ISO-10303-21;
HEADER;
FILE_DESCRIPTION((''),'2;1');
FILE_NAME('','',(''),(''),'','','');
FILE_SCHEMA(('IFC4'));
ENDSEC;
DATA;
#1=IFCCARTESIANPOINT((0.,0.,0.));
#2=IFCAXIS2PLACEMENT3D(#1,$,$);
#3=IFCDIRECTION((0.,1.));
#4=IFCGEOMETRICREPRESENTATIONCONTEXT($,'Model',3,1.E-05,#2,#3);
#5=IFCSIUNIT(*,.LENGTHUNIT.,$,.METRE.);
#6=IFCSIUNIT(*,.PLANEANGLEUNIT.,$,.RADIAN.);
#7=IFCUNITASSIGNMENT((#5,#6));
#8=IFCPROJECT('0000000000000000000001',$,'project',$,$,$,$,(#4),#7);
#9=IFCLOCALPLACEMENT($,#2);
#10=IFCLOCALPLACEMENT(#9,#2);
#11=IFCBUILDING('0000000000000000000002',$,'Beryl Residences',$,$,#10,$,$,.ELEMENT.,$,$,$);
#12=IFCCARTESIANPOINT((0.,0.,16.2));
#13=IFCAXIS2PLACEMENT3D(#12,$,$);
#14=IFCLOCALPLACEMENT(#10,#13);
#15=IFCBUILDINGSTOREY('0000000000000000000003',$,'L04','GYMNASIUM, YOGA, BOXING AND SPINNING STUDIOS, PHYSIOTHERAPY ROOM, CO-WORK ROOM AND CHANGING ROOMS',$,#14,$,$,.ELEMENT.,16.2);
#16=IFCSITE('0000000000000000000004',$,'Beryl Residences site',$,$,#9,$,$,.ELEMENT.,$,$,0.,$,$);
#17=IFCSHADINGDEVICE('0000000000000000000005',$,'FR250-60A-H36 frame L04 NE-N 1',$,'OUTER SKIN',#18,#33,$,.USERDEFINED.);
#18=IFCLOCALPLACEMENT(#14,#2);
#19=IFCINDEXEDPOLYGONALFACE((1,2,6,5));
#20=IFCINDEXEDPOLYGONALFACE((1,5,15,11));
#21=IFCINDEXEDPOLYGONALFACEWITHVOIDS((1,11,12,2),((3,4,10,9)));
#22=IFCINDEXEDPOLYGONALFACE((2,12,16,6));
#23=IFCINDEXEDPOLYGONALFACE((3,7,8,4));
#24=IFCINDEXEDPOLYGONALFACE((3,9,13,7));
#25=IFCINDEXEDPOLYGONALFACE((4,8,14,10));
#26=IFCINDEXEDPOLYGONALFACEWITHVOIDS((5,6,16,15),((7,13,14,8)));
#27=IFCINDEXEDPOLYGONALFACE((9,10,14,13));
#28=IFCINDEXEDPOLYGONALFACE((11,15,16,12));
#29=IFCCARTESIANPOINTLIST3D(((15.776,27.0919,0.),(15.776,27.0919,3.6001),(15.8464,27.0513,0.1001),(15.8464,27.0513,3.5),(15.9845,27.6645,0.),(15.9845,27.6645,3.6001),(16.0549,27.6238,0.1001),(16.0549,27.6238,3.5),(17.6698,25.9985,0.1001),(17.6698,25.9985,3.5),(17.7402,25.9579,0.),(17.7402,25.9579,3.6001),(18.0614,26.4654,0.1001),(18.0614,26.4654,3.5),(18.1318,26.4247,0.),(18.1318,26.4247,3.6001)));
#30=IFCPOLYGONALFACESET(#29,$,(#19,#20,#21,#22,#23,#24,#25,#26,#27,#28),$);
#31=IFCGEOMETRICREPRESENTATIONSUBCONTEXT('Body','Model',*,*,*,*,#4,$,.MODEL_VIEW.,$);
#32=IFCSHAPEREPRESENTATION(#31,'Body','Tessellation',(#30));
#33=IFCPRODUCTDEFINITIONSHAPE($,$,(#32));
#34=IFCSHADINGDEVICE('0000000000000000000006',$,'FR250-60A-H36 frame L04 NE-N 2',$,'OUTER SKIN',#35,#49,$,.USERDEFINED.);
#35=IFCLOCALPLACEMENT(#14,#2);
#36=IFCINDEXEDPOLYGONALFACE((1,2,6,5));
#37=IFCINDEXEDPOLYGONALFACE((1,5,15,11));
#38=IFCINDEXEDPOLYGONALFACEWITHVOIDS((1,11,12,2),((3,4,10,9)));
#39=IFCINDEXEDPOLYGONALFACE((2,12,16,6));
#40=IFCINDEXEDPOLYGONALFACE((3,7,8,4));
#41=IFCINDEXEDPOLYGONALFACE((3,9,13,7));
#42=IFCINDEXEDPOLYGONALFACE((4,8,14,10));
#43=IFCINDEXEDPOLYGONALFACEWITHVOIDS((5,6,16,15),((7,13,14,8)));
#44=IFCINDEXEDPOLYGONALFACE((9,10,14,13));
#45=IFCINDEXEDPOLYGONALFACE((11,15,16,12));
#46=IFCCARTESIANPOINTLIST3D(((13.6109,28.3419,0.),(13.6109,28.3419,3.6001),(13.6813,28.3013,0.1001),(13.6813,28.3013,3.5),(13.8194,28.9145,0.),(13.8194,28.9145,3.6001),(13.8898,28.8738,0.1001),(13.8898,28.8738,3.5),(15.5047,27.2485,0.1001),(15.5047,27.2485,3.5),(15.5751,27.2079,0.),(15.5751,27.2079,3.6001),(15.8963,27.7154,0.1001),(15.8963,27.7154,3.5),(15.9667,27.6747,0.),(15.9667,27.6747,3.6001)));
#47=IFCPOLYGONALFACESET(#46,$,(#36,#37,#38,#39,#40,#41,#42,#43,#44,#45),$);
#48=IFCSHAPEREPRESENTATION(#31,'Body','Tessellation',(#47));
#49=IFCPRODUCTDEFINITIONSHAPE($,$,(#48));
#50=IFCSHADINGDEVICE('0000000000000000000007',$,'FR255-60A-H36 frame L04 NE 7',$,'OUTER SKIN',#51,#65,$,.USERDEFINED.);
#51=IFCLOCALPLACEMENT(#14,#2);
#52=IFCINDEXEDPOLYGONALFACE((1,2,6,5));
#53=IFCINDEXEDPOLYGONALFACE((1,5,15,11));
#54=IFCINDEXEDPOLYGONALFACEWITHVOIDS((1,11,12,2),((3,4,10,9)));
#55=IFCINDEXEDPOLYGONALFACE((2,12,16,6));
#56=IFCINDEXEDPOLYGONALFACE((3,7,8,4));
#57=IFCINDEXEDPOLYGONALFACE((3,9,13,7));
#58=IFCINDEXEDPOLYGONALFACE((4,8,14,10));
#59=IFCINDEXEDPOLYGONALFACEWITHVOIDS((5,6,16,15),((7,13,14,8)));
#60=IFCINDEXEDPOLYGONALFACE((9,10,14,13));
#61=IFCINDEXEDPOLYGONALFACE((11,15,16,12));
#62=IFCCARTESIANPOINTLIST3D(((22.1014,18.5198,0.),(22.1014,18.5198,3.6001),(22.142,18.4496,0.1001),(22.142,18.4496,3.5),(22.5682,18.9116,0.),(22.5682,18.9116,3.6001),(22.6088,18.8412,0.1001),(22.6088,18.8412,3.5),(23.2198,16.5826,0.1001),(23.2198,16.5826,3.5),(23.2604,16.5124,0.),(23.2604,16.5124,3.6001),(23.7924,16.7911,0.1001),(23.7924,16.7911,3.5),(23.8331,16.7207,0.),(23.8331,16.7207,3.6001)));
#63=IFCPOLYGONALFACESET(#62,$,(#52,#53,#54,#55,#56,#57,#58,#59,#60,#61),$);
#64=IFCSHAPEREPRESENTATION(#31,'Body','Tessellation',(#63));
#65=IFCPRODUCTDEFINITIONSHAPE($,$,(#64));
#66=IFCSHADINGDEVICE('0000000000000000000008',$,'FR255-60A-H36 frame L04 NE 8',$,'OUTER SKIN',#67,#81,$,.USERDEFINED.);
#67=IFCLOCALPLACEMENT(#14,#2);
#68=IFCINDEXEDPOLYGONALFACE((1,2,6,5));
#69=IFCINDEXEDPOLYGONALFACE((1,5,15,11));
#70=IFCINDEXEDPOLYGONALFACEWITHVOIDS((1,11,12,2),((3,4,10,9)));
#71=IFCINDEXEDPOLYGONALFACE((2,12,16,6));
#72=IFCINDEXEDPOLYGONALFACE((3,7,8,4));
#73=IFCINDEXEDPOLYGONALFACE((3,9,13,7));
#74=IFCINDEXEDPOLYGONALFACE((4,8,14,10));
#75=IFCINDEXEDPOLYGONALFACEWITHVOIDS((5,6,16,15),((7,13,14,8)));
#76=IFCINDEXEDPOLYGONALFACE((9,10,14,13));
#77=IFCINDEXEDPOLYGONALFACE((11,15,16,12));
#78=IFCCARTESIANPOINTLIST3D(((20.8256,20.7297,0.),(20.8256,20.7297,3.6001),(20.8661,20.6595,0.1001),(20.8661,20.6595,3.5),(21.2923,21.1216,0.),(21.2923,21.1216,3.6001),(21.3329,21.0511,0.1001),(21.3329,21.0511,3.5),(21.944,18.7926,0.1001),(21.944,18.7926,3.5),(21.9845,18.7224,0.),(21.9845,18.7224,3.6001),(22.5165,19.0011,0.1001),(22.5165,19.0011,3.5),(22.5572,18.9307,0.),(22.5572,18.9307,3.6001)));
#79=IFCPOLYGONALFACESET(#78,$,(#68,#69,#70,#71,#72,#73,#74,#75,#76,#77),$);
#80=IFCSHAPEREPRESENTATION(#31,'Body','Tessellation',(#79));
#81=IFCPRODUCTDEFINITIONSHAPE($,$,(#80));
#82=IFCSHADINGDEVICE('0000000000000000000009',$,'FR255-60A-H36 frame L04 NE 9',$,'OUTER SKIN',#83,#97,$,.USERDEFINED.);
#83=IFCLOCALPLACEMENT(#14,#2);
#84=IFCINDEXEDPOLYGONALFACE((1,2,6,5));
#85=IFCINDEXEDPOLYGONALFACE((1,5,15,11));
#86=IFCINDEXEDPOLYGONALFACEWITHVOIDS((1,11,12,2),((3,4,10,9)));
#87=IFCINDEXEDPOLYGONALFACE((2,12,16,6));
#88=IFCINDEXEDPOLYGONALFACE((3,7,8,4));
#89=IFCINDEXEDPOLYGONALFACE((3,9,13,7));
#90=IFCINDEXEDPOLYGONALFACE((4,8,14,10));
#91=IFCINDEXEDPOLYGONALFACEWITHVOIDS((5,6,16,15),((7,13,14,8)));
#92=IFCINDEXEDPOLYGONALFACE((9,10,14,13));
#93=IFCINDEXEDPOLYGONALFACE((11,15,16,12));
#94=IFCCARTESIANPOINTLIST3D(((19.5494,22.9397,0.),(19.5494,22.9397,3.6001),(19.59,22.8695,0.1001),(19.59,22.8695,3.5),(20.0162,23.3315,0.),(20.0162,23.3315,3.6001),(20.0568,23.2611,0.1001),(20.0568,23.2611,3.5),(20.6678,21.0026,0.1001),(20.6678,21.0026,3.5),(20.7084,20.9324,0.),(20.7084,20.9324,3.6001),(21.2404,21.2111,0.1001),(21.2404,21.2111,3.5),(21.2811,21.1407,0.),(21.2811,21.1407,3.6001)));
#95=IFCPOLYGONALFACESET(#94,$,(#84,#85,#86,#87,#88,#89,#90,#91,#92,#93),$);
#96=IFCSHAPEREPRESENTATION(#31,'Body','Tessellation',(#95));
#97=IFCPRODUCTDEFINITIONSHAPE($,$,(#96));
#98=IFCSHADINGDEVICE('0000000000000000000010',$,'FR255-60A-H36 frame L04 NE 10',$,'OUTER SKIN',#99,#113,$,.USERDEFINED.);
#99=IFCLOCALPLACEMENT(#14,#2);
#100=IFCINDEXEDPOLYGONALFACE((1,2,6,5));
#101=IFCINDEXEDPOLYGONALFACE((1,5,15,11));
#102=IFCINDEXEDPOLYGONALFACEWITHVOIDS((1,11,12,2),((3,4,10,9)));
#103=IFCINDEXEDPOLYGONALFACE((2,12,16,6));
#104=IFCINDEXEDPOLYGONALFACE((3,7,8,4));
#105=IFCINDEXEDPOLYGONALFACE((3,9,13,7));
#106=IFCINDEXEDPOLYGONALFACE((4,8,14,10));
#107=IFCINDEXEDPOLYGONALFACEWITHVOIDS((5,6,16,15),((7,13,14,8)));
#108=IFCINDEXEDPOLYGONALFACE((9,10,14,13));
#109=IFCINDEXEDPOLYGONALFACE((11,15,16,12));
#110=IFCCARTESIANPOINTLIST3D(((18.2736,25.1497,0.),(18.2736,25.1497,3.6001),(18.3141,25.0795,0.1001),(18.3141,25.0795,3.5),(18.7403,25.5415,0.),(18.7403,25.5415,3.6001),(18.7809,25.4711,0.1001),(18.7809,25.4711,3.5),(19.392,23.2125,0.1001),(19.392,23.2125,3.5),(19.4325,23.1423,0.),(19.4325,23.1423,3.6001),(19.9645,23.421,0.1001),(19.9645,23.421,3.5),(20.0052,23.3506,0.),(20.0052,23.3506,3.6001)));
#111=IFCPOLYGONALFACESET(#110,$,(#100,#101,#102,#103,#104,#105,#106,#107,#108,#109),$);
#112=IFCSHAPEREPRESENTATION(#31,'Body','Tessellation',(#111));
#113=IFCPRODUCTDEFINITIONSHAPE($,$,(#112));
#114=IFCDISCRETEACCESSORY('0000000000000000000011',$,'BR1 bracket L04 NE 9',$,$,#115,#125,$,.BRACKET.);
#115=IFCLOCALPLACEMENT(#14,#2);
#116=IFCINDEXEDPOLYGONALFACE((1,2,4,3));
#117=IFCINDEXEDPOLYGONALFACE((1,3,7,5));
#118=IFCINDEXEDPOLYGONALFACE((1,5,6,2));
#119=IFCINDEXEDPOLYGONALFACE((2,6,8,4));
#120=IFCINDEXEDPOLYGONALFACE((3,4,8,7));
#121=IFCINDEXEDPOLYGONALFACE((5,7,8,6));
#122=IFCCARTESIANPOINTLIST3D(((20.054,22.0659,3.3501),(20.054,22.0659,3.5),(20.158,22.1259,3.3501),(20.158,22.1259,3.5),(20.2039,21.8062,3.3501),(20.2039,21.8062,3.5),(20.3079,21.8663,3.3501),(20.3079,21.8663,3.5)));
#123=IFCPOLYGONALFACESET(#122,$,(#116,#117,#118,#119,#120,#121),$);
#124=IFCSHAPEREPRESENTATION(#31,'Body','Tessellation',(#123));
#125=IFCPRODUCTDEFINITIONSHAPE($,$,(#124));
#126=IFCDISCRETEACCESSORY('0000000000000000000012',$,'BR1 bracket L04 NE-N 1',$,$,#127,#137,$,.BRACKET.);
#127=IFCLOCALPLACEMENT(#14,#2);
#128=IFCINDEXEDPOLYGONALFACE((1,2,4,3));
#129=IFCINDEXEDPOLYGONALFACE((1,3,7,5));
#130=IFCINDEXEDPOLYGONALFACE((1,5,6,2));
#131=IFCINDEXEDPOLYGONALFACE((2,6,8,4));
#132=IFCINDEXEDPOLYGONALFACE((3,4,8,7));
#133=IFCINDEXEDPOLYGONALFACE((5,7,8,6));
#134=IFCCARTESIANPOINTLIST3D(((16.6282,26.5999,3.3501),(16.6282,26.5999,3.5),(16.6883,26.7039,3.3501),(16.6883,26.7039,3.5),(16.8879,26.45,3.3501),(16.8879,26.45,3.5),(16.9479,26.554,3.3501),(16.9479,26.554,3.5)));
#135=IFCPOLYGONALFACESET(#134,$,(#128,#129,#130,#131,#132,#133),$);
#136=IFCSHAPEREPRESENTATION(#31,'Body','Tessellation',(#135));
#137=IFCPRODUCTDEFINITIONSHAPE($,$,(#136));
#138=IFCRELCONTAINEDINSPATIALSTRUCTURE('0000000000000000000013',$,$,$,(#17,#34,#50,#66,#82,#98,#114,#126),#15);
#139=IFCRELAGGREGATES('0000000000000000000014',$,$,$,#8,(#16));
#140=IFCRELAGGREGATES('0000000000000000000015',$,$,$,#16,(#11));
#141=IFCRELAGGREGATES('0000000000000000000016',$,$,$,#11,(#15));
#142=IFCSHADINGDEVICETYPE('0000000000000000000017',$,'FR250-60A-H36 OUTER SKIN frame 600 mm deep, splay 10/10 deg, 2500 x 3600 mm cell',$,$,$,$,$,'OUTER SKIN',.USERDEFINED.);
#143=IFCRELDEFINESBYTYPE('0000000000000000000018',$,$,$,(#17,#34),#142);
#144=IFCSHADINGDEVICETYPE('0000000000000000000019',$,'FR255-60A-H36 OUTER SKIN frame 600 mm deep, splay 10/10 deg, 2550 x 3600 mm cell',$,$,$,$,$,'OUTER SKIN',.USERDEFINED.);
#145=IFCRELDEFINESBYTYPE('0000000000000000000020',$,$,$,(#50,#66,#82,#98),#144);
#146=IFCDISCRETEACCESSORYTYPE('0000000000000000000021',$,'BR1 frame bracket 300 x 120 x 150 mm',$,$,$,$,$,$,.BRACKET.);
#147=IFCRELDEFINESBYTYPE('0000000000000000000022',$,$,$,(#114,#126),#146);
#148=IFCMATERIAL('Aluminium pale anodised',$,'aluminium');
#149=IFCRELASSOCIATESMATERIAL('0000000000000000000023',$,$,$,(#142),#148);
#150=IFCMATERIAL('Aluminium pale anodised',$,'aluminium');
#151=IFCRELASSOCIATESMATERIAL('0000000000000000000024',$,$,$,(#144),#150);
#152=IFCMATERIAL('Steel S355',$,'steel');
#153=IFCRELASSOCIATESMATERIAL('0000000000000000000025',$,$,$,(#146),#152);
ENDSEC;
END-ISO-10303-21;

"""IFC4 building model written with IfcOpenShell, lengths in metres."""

from ifc_helpers import new_model, entity, si_unit, direction, frame, origin, place, context, subcontext, project, spatial, polyline, outline, extrude, source, transform, mapped, material, type_object, type_shapes, element, save


model = new_model("IFC4")

# Units and contexts
model_context = context("Model", 3, precision=1e-05, world=origin(), true_north=direction((0.0, 1.0)))
body_context = subcontext(model_context, "Body", "Model", "MODEL_VIEW")
ifc_project = project(units=[si_unit("LENGTHUNIT", "METRE"), si_unit("PLANEANGLEUNIT", "RADIAN")], contexts=[model_context])

# Site, building, storey
site_placement = place(None, origin())
site = spatial("IfcSite", under=ifc_project, at=site_placement, Name="Beryl Residences site", CompositionType="ELEMENT", RefElevation=0.0)
building_placement = place(site_placement, origin())
building = spatial("IfcBuilding", under=site, at=building_placement, Name="Beryl Residences", CompositionType="ELEMENT")
storey_placement = place(building_placement, frame((0.0, 0.0, 16.2)))
storey = spatial("IfcBuildingStorey", under=building, at=storey_placement, Name="L04", Description="GYMNASIUM, YOGA, BOXING AND SPINNING STUDIOS, PHYSIOTHERAPY ROOM, CO-WORK ROOM AND CHANGING ROOMS", CompositionType="ELEMENT", Elevation=16.2)

# Shading devices
ifc_material_1 = material(Name="Aluminium pale anodised", Category="aluminium")
shading_device_type_1 = type_object("IfcShadingDeviceType", Name="FR250-60A-H36 OUTER SKIN frame 600 mm deep, splay 10/10 deg, 2500 x 3600 mm cell", ElementType="OUTER SKIN", PredefinedType="USERDEFINED", material=ifc_material_1)
cartesian_point_1 = entity("IfcCartesianPoint", [-1.134, 0.0])
cartesian_point_2 = entity("IfcCartesianPoint", [-1.0527, 0.1001])
cartesian_point_3 = entity("IfcCartesianPoint", [-1.2397, 0.0])
cartesian_point_4 = entity("IfcCartesianPoint", [-1.1584, 0.1001])
shared_shape_1 = source(origin(), body_context, "Body", "SweptSolid", [
    entity("IfcExtrudedAreaSolidTapered", entity("IfcArbitraryProfileDefWithVoids", "AREA", None, entity("IfcPolyline", [cartesian_point_1, entity("IfcCartesianPoint", [1.134, 0.0]), entity("IfcCartesianPoint", [1.134, 3.6001]), entity("IfcCartesianPoint", [-1.134, 3.6001]), cartesian_point_1]), [entity("IfcPolyline", [cartesian_point_2, entity("IfcCartesianPoint", [1.0527, 0.1001]), entity("IfcCartesianPoint", [1.0527, 3.5]), entity("IfcCartesianPoint", [-1.0527, 3.5]), cartesian_point_2])]), entity("IfcAxis2Placement3D", entity("IfcCartesianPoint", [0.0, 0.0, 0.0]), entity("IfcDirection", [0.0, 1.0, 0.0]), entity("IfcDirection", [-1.0, 0.0, 0.0])), entity("IfcDirection", [0.0, 0.0, 1.0]), 0.6001, entity("IfcArbitraryProfileDefWithVoids", "AREA", None, entity("IfcPolyline", [cartesian_point_3, entity("IfcCartesianPoint", [1.2397, 0.0]), entity("IfcCartesianPoint", [1.2397, 3.6001]), entity("IfcCartesianPoint", [-1.2397, 3.6001]), cartesian_point_3]), [entity("IfcPolyline", [cartesian_point_4, entity("IfcCartesianPoint", [1.1584, 0.1001]), entity("IfcCartesianPoint", [1.1584, 3.5]), entity("IfcCartesianPoint", [-1.1584, 3.5]), cartesian_point_4])])),
])
type_shapes(shading_device_type_1, [shared_shape_1])
for number, where, z_axis, x_axis, name in (
    (1, (16.7581, 26.5249, 0.0), (0.0, 0.0, 1.0), (0.866025, -0.5, 0.0), "FR250-60A-H36 frame L04 NE-N 1"),
    (2, (14.593, 27.7749, 0.0), (0.0, 0.0, 1.0), (0.866025, -0.5, 0.0), "FR250-60A-H36 frame L04 NE-N 2"),
):
    element("IfcShadingDevice", number, at=place(storey_placement, frame(where, z_axis=z_axis, x_axis=x_axis)), inside=storey, type_object=shading_device_type_1, Name=name, ObjectType="OUTER SKIN", PredefinedType="USERDEFINED", context=body_context, shape_type="MappedRepresentation", body=[
        mapped(shared_shape_1, transform((0.0, 0.0, 0.0))),
    ])
ifc_material_2 = material(Name="Aluminium pale anodised", Category="aluminium")
shading_device_type_2 = type_object("IfcShadingDeviceType", Name="FR255-60A-H36 OUTER SKIN frame 600 mm deep, splay 10/10 deg, 2550 x 3600 mm cell", ElementType="OUTER SKIN", PredefinedType="USERDEFINED", material=ifc_material_2)
cartesian_point_5 = entity("IfcCartesianPoint", [-1.1589, 0.0])
cartesian_point_6 = entity("IfcCartesianPoint", [-1.0779, 0.1001])
cartesian_point_7 = entity("IfcCartesianPoint", [-1.2649, 0.0])
cartesian_point_8 = entity("IfcCartesianPoint", [-1.1836, 0.1001])
shared_shape_2 = source(origin(), body_context, "Body", "SweptSolid", [
    entity("IfcExtrudedAreaSolidTapered", entity("IfcArbitraryProfileDefWithVoids", "AREA", None, entity("IfcPolyline", [cartesian_point_5, entity("IfcCartesianPoint", [1.1589, 0.0]), entity("IfcCartesianPoint", [1.1589, 3.6001]), entity("IfcCartesianPoint", [-1.1589, 3.6001]), cartesian_point_5]), [entity("IfcPolyline", [cartesian_point_6, entity("IfcCartesianPoint", [1.0779, 0.1001]), entity("IfcCartesianPoint", [1.0779, 3.5]), entity("IfcCartesianPoint", [-1.0779, 3.5]), cartesian_point_6])]), entity("IfcAxis2Placement3D", entity("IfcCartesianPoint", [0.0, 0.0, 0.0]), entity("IfcDirection", [0.0, 1.0, 0.0]), entity("IfcDirection", [-1.0, 0.0, 0.0])), entity("IfcDirection", [0.0, 0.0, 1.0]), 0.6001, entity("IfcArbitraryProfileDefWithVoids", "AREA", None, entity("IfcPolyline", [cartesian_point_7, entity("IfcCartesianPoint", [1.2649, 0.0]), entity("IfcCartesianPoint", [1.2649, 3.6001]), entity("IfcCartesianPoint", [-1.2649, 3.6001]), cartesian_point_7]), [entity("IfcPolyline", [cartesian_point_8, entity("IfcCartesianPoint", [1.1836, 0.1001]), entity("IfcCartesianPoint", [1.1836, 3.5]), entity("IfcCartesianPoint", [-1.1836, 3.5]), cartesian_point_8])])),
])
type_shapes(shading_device_type_2, [shared_shape_2])
for number, where, z_axis, x_axis, name in (
    (3, (22.6809, 17.5161, 0.0), (0.0, 0.0, 1.0), (0.5, -0.866025, 0.0), "FR255-60A-H36 frame L04 NE 7"),
    (4, (21.405, 19.7261, 0.0), (0.0, 0.0, 1.0), (0.5, -0.866025, 0.0), "FR255-60A-H36 frame L04 NE 8"),
    (5, (20.1289, 21.936, 0.0), (0.0, 0.0, 1.0), (0.5, -0.866025, 0.0), "FR255-60A-H36 frame L04 NE 9"),
    (6, (18.853, 24.146, 0.0), (0.0, 0.0, 1.0), (0.5, -0.866025, 0.0), "FR255-60A-H36 frame L04 NE 10"),
):
    element("IfcShadingDevice", number, at=place(storey_placement, frame(where, z_axis=z_axis, x_axis=x_axis)), inside=storey, type_object=shading_device_type_2, Name=name, ObjectType="OUTER SKIN", PredefinedType="USERDEFINED", context=body_context, shape_type="MappedRepresentation", body=[
        mapped(shared_shape_2, transform((0.0, 0.0, 0.0))),
    ])

# Discrete accessories
ifc_material_3 = material(Name="Steel S355", Category="steel")
discrete_accessory_type = type_object("IfcDiscreteAccessoryType", Name="BR1 frame bracket 300 x 120 x 150 mm", PredefinedType="BRACKET", material=ifc_material_3)
shared_shape_3 = source(origin(), body_context, "Body", "SweptSolid", [
    extrude(outline(polyline([(-0.1499, 0.0), (0.1499, 0.0), (0.1499, 0.1201), (-0.1499, 0.1201), (-0.1499, 0.0)])), origin(), (0.0, 0.0, 1.0), 0.1499),
])
type_shapes(discrete_accessory_type, [shared_shape_3])
for number, where, z_axis, x_axis, name in (
    (7, (20.1289, 21.936, 3.3501), (0.0, 0.0, 1.0), (0.5, -0.866025, 0.0), "BR1 bracket L04 NE 9"),
    (8, (16.7581, 26.5249, 3.3501), (0.0, 0.0, 1.0), (0.866025, -0.5, 0.0), "BR1 bracket L04 NE-N 1"),
):
    element("IfcDiscreteAccessory", number, at=place(storey_placement, frame(where, z_axis=z_axis, x_axis=x_axis)), inside=storey, type_object=discrete_accessory_type, Name=name, PredefinedType="BRACKET", context=body_context, shape_type="MappedRepresentation", body=[
        mapped(shared_shape_3, transform((0.0, 0.0, 0.0))),
    ])

save(model, "model.ifc")
